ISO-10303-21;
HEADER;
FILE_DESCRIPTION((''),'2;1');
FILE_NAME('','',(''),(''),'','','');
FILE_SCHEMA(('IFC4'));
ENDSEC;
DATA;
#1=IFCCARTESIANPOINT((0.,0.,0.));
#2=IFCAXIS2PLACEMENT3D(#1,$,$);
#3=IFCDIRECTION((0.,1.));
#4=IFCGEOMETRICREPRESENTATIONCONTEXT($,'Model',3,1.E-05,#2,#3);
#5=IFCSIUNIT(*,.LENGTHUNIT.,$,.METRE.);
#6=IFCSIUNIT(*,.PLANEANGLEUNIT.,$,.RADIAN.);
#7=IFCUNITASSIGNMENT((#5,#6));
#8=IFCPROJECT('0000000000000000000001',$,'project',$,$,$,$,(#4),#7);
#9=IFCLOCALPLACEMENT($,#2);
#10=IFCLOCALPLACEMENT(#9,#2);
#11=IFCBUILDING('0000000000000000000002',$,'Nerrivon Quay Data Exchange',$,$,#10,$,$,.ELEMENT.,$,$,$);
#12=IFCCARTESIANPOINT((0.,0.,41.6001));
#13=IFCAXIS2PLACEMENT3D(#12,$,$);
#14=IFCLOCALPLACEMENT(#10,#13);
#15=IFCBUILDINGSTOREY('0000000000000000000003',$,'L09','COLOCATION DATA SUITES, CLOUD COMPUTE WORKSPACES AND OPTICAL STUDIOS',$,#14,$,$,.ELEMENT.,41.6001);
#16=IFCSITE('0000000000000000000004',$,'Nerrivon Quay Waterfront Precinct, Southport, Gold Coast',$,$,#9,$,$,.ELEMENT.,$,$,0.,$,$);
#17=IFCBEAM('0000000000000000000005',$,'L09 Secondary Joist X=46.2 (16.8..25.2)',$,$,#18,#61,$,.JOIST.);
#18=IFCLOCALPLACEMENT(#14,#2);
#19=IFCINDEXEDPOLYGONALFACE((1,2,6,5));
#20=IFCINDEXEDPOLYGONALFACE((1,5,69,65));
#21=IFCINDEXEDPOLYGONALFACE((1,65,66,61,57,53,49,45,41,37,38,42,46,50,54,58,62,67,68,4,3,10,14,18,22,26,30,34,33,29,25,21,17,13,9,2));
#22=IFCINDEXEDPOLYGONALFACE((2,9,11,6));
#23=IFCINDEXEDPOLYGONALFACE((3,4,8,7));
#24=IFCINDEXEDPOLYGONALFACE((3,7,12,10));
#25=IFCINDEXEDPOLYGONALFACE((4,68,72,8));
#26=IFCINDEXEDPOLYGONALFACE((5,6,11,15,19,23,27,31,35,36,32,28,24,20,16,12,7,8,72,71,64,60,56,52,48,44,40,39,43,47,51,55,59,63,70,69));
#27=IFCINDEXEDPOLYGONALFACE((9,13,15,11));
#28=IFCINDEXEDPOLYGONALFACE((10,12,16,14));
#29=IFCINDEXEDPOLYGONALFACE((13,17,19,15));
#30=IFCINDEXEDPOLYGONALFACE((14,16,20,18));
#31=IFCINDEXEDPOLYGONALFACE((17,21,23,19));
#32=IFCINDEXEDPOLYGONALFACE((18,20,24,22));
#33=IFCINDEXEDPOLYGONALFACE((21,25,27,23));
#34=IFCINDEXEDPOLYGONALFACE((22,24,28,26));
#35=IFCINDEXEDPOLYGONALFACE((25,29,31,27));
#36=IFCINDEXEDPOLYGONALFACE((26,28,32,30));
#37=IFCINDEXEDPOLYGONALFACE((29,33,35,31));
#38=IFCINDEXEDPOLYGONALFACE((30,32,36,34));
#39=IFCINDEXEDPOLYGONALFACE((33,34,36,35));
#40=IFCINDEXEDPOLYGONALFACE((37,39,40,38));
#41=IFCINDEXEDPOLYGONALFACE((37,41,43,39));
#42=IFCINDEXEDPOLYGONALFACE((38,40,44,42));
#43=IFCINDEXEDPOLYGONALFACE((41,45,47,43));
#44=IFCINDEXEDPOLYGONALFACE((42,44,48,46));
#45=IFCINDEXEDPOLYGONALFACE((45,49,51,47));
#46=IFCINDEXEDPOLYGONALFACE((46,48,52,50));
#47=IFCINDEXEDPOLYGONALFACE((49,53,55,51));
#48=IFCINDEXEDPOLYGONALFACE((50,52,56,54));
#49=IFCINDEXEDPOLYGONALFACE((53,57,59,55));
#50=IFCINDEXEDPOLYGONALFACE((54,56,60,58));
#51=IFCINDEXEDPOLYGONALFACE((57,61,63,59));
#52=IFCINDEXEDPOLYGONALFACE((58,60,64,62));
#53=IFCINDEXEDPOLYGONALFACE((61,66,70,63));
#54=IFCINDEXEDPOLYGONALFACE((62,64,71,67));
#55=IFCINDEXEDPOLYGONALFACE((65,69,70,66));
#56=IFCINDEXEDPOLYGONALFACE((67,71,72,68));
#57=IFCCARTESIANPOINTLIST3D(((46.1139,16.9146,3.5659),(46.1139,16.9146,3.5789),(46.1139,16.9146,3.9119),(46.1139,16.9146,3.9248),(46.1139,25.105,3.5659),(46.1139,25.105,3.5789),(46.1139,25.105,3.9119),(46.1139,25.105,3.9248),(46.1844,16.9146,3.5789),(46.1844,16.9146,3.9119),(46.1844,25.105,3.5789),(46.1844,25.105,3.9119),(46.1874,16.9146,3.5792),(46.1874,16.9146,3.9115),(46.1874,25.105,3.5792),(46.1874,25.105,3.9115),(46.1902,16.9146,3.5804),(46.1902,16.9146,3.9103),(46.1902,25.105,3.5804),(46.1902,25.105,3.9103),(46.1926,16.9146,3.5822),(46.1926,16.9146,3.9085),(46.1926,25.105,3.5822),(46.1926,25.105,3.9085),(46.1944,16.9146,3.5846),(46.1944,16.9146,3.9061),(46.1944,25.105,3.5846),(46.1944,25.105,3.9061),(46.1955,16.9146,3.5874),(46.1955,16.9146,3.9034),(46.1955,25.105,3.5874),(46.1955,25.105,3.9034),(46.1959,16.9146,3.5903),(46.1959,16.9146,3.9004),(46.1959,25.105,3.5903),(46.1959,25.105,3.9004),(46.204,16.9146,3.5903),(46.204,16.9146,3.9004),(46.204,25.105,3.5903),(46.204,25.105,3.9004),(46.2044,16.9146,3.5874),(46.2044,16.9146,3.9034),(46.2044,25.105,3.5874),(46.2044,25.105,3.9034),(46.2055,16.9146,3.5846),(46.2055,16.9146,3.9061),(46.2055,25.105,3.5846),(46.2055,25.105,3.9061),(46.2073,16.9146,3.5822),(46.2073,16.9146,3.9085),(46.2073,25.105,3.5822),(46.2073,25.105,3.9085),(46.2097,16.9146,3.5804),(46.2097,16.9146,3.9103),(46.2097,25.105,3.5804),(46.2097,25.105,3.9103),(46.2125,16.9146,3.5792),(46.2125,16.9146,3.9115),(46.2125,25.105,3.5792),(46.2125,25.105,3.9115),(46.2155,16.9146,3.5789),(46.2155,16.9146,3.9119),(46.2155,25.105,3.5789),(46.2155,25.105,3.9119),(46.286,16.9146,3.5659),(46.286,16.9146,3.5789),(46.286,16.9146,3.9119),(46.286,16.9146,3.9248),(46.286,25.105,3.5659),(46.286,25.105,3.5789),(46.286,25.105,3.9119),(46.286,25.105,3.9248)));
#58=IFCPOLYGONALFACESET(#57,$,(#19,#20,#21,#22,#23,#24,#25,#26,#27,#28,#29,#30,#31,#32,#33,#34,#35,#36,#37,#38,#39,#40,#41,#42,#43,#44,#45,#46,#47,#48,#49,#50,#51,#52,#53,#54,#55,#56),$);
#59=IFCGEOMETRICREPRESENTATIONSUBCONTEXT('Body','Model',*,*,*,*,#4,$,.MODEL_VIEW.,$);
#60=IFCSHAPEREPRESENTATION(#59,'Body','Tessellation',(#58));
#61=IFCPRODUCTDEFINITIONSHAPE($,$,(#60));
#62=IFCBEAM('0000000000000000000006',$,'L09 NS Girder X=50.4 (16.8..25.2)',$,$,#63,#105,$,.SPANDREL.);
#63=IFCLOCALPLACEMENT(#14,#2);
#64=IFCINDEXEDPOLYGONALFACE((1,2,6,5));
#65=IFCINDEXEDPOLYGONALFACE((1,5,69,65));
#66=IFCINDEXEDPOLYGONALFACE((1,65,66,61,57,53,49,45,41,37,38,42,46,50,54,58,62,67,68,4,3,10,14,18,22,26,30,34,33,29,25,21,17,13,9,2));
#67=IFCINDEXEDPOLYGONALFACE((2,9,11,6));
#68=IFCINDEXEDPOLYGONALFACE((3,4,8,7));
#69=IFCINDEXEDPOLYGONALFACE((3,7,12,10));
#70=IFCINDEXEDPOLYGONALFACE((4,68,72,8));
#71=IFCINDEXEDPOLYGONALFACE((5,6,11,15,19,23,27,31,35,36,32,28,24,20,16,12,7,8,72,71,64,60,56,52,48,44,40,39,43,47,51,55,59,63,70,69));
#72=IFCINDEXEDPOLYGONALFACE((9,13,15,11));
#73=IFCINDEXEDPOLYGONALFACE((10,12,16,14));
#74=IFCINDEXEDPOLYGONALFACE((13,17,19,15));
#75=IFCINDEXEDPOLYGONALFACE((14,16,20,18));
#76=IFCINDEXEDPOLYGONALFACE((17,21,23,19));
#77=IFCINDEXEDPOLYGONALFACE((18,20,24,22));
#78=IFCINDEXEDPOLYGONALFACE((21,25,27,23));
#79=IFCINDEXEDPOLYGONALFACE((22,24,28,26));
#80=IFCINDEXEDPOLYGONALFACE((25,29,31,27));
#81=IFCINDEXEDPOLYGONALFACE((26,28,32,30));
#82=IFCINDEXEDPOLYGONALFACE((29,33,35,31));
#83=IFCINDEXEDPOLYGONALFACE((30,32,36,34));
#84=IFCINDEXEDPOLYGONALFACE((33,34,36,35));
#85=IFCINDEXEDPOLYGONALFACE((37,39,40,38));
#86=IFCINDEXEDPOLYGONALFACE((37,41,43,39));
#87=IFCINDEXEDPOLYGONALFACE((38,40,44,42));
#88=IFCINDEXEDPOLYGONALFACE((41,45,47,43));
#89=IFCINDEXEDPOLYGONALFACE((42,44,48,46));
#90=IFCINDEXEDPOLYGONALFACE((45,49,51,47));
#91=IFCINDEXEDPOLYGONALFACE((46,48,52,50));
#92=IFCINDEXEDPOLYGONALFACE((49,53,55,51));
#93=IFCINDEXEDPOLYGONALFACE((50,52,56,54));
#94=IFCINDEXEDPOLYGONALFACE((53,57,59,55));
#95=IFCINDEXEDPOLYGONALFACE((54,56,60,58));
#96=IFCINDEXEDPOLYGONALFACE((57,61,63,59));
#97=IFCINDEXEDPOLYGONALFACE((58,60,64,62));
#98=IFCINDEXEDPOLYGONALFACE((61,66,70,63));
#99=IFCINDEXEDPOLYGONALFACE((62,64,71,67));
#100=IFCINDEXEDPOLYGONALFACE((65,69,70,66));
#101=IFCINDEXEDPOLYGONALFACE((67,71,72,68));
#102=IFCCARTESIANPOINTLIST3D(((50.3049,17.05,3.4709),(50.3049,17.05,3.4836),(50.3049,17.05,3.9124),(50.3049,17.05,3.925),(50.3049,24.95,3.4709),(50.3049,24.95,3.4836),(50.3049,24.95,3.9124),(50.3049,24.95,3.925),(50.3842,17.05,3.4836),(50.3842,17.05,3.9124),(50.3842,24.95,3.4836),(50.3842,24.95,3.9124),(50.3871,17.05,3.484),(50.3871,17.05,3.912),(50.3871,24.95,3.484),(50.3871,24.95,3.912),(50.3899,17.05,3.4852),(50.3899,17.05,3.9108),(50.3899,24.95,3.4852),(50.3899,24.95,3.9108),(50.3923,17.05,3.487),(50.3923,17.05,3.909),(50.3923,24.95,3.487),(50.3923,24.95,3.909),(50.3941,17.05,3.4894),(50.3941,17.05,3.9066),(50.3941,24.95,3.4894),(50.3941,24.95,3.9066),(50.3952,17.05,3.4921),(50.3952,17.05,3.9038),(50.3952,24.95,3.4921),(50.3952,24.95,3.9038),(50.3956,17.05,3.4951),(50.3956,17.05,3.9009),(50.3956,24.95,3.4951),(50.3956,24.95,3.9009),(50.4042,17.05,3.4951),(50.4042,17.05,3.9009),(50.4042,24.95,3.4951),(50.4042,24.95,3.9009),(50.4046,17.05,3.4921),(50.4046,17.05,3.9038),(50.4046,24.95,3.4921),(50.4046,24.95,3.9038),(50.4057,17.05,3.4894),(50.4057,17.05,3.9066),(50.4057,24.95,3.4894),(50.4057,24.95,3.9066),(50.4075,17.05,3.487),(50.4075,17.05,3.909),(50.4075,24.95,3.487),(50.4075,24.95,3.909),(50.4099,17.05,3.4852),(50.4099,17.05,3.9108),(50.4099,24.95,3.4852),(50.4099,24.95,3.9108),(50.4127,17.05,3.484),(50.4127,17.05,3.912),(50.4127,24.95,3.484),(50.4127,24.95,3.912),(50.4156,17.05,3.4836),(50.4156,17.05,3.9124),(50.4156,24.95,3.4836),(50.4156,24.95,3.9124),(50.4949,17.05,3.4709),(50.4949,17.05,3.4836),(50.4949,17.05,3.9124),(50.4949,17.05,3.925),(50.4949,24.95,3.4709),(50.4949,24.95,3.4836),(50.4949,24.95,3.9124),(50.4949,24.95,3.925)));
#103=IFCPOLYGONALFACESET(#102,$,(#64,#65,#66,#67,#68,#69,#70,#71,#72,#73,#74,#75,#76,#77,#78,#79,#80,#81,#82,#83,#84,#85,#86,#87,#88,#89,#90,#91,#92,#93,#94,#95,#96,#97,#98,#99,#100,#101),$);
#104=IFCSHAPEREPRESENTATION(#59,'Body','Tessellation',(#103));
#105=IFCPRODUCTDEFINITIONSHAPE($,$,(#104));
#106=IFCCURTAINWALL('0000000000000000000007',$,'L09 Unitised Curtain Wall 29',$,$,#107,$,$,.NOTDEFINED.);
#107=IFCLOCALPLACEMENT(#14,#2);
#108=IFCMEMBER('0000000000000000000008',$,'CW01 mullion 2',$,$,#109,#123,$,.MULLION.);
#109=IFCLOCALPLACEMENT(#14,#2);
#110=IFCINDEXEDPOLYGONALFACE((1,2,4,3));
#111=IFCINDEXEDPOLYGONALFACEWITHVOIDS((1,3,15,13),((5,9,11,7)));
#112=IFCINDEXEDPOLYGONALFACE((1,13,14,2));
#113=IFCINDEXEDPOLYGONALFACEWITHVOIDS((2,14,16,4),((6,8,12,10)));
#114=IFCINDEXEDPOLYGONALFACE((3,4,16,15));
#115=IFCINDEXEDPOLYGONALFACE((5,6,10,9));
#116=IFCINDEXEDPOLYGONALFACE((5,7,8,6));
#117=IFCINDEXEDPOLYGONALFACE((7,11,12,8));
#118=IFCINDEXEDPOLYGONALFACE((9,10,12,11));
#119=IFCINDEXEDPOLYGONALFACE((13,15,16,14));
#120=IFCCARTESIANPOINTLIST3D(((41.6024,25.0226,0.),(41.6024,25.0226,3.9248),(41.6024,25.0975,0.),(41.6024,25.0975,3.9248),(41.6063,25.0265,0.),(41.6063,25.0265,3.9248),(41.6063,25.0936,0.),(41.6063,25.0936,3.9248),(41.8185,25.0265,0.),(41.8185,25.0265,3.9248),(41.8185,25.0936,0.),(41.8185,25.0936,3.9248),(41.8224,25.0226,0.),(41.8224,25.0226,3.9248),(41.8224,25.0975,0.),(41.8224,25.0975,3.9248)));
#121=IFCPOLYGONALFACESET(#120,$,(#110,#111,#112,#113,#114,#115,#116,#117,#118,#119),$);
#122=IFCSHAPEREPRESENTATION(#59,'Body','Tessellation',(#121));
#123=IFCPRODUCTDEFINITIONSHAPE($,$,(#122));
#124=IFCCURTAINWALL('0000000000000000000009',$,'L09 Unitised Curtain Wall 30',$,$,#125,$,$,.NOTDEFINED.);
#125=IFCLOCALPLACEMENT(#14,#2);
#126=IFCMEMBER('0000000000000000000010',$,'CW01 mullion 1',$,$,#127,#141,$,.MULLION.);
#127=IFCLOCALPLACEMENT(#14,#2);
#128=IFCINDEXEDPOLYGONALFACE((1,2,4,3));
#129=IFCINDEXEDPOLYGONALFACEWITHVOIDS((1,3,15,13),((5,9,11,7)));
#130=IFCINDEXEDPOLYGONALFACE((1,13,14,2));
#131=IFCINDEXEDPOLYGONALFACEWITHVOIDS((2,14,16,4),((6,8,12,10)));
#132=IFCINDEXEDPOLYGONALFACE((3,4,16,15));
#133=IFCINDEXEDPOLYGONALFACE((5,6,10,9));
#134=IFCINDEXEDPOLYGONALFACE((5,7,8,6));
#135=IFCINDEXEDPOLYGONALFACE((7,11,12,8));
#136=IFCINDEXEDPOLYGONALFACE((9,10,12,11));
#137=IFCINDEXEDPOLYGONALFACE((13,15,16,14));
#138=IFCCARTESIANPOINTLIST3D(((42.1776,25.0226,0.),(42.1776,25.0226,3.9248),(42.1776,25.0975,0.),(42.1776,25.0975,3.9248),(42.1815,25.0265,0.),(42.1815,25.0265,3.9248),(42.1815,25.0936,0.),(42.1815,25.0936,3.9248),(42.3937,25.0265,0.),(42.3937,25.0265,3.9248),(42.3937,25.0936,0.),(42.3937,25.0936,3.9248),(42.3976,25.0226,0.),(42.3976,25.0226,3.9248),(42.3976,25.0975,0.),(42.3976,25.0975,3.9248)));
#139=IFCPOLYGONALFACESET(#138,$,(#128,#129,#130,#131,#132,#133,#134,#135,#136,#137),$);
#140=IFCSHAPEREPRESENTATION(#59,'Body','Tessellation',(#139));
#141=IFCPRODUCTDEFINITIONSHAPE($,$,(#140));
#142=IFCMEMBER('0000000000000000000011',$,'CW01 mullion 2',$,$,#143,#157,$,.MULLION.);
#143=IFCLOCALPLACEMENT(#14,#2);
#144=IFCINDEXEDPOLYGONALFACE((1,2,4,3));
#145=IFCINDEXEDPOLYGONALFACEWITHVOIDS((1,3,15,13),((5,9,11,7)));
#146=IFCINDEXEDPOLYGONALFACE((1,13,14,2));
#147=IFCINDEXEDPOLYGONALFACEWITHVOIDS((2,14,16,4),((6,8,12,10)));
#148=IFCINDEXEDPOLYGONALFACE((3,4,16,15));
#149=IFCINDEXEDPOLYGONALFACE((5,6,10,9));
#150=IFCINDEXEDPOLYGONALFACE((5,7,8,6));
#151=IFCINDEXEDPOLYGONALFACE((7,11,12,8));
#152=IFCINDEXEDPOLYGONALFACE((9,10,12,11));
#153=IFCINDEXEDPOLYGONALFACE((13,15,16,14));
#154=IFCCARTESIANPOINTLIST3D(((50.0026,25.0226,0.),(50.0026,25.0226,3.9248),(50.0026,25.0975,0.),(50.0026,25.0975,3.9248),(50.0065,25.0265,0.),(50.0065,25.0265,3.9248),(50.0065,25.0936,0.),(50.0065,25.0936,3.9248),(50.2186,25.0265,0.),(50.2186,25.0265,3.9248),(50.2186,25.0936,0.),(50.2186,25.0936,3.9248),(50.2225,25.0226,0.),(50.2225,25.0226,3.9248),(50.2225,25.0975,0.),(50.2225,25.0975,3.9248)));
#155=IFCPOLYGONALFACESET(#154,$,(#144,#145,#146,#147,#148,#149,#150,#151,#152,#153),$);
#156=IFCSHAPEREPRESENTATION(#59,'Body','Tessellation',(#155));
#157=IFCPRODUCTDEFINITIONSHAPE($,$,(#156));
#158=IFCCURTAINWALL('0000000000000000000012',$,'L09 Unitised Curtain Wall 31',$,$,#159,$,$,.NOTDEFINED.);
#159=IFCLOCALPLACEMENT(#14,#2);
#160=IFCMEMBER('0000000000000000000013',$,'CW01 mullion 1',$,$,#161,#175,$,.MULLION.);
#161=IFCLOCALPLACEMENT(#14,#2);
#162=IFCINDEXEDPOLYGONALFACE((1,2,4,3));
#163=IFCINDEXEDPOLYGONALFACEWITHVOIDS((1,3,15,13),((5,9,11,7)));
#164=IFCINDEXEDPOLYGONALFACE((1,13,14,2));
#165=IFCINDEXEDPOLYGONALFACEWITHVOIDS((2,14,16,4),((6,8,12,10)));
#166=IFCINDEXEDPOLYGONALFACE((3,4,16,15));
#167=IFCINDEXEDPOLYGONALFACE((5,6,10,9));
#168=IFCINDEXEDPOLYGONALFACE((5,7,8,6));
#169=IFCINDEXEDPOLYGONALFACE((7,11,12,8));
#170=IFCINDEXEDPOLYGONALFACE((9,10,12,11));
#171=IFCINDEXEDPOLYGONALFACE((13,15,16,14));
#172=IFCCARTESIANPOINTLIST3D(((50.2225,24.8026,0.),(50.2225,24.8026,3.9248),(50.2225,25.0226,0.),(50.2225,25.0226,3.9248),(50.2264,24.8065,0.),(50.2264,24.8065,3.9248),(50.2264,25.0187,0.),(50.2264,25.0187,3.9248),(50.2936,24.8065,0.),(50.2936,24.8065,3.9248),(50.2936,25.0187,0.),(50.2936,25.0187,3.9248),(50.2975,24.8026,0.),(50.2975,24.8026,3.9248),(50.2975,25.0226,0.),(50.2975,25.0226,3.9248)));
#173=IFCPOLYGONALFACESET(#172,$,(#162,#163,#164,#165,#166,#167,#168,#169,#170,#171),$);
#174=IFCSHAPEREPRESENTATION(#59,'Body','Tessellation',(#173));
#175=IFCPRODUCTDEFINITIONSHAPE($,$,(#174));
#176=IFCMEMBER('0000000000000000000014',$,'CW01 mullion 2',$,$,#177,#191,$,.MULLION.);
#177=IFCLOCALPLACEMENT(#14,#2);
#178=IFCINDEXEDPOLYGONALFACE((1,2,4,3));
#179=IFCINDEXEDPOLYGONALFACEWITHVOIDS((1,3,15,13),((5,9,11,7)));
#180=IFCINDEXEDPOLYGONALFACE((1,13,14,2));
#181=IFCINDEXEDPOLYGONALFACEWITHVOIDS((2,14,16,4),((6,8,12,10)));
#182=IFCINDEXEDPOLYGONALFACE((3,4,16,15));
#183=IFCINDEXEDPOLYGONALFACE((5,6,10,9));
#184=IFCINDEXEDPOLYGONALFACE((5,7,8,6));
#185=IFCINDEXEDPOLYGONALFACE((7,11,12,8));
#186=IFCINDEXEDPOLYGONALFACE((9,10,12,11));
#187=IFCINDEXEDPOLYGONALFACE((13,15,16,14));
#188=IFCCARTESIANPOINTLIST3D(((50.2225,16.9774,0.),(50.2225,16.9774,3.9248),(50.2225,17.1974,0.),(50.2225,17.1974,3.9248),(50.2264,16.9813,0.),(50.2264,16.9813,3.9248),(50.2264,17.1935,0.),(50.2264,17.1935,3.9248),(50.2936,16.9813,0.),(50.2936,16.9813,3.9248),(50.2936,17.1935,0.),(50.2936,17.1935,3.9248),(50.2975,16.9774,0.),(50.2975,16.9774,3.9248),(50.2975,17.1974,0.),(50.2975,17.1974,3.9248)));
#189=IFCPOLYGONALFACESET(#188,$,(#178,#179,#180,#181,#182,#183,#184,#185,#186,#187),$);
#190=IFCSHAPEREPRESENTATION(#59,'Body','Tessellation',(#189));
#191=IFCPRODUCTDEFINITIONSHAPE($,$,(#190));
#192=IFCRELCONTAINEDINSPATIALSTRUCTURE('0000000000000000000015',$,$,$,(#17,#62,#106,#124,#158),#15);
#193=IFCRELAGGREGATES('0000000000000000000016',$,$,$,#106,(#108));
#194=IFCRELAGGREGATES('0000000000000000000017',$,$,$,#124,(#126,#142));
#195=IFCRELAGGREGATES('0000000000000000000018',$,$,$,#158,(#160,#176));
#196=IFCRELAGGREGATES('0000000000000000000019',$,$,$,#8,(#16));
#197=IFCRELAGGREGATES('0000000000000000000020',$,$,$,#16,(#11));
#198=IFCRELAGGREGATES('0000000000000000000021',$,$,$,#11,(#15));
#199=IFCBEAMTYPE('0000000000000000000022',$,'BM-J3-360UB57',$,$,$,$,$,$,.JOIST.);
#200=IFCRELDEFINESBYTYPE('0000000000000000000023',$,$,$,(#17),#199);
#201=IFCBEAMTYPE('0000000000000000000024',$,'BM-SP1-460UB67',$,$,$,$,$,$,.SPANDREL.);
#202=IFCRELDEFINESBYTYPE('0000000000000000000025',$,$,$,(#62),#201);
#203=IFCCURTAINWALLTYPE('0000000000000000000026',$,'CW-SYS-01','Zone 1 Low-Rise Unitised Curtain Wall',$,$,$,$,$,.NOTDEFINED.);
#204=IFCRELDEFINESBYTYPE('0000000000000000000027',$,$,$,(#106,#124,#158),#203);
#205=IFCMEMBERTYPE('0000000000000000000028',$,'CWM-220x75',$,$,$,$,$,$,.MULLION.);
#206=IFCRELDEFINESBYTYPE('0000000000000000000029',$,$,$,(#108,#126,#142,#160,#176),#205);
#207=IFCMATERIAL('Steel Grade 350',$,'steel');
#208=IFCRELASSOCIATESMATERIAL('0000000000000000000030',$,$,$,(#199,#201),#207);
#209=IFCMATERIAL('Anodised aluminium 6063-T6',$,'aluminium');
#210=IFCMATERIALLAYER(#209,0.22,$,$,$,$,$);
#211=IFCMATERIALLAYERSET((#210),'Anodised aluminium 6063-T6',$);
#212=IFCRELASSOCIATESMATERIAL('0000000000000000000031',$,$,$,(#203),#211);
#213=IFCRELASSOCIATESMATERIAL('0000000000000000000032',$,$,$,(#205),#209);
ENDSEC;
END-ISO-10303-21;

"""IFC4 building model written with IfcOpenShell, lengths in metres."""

from ifc_helpers import new_model, si_unit, direction, frame, origin, origin_2d, place, context, subcontext, project, spatial, hollow_rectangle, i_section, extrude, material, layer, layer_set, material_profile, profile_set, type_object, element, aggregate, save


model = new_model("IFC4")

# Units and contexts
model_context = context("Model", 3, precision=1e-05, world=origin(), true_north=direction((0.0, 1.0)))
body_context = subcontext(model_context, "Body", "Model", "MODEL_VIEW")
ifc_project = project(units=[si_unit("LENGTHUNIT", "METRE"), si_unit("PLANEANGLEUNIT", "RADIAN")], contexts=[model_context])

# Site, building, storey
site_placement = place(None, origin())
site = spatial("IfcSite", under=ifc_project, at=site_placement, Name="Nerrivon Quay Waterfront Precinct, Southport, Gold Coast", CompositionType="ELEMENT", RefElevation=0.0)
building_placement = place(site_placement, origin())
building = spatial("IfcBuilding", under=site, at=building_placement, Name="Nerrivon Quay Data Exchange", CompositionType="ELEMENT")
storey_placement = place(building_placement, frame((0.0, 0.0, 41.6001)))
storey = spatial("IfcBuildingStorey", under=building, at=storey_placement, Name="L09", Description="COLOCATION DATA SUITES, CLOUD COMPUTE WORKSPACES AND OPTICAL STUDIOS", CompositionType="ELEMENT", Elevation=41.6001)

# Shared definitions
ifc_material_1 = material(Name="Steel Grade 350", Category="steel")

# Beams
ifc_material_profile_1 = material_profile(ifc_material_1, i_section(OverallWidth=0.1721, OverallDepth=0.3589, WebThickness=0.0081, FlangeThickness=0.0129, FilletRadius=0.0115, at=origin_2d()), Name="360UB56.7")
ifc_profile_set_1 = profile_set([ifc_material_profile_1], Name="Steel Grade 350")
beam_type_1 = type_object("IfcBeamType", Name="BM-J3-360UB57", PredefinedType="JOIST", material=ifc_profile_set_1)
for number, where, z_axis, x_axis, name in (
    (1, (46.2, 16.9146, 3.7454), (0.0, 1.0, 0.0), (-1.0, 0.0, 0.0), "L09 Secondary Joist X=46.2 (16.8..25.2)"),
):
    element("IfcBeam", number, at=place(storey_placement, frame(where, z_axis=z_axis, x_axis=x_axis)), inside=storey, type_object=beam_type_1, Name=name, PredefinedType="JOIST", context=body_context, shape_type="SweptSolid", body=[
        extrude(i_section(OverallWidth=0.1721, OverallDepth=0.3589, WebThickness=0.0081, FlangeThickness=0.0129, FilletRadius=0.0115, at=origin_2d()), origin(), (0.0, 0.0, 1.0), 8.1904),
    ])
ifc_material_profile_2 = material_profile(ifc_material_1, i_section(OverallWidth=0.1899, OverallDepth=0.4541, WebThickness=0.0085, FlangeThickness=0.0127, FilletRadius=0.0115, at=origin_2d()), Name="460UB67.1")
ifc_profile_set_2 = profile_set([ifc_material_profile_2], Name="Steel Grade 350")
beam_type_2 = type_object("IfcBeamType", Name="BM-SP1-460UB67", PredefinedType="SPANDREL", material=ifc_profile_set_2)
beam_1_placement = place(storey_placement, frame((50.3999, 17.05, 3.698), z_axis=(0.0, 1.0, 0.0), x_axis=(-1.0, 0.0, 0.0)))
element("IfcBeam", 2, at=beam_1_placement, inside=storey, type_object=beam_type_2, Name="L09 NS Girder X=50.4 (16.8..25.2)", PredefinedType="SPANDREL", context=body_context, shape_type="SweptSolid", body=[
    extrude(i_section(OverallWidth=0.1899, OverallDepth=0.4541, WebThickness=0.0085, FlangeThickness=0.0127, FilletRadius=0.0115, at=origin_2d()), origin(), (0.0, 0.0, 1.0), 7.8999),
])

# Curtain wall, member
ifc_material_2 = material(Name="Anodised aluminium 6063-T6", Category="aluminium")
ifc_layer_1 = layer(ifc_material_2, 0.22)
ifc_layer_set_1 = layer_set([ifc_layer_1], Name="Anodised aluminium 6063-T6")
curtain_wall_type = type_object("IfcCurtainWallType", Name="CW-SYS-01", Description="Zone 1 Low-Rise Unitised Curtain Wall", PredefinedType="NOTDEFINED", material=ifc_layer_set_1)
curtain_wall_1_placement = place(storey_placement, origin())
curtain_wall_1 = element("IfcCurtainWall", 3, at=curtain_wall_1_placement, inside=storey, type_object=curtain_wall_type, Name="L09 Unitised Curtain Wall 29", PredefinedType="NOTDEFINED")
ifc_material_profile_3 = material_profile(ifc_material_2, hollow_rectangle(XDim=0.075, YDim=0.22, WallThickness=0.0039, at=origin_2d()), Name="ALU-MULL-220x75")
ifc_profile_set_3 = profile_set([ifc_material_profile_3], Name="Anodised aluminium 6063-T6")
member_type_1 = type_object("IfcMemberType", Name="CWM-220x75", PredefinedType="MULLION", material=ifc_profile_set_3)
member_1_placement = place(storey_placement, frame((41.7124, 25.0601, 0.0), z_axis=(0.0, 0.0, 1.0), x_axis=(0.0, 1.0, 0.0)))
member_1 = element("IfcMember", 4, at=member_1_placement, type_object=member_type_1, Name="CW01 mullion 2", PredefinedType="MULLION", context=body_context, shape_type="SweptSolid", body=[
    extrude(hollow_rectangle(XDim=0.075, YDim=0.22, WallThickness=0.0039, at=origin_2d()), origin(), (0.0, 0.0, 1.0), 3.9248),
])

# Curtain walls, members
curtain_wall_2_placement = place(storey_placement, origin())
curtain_wall_2 = element("IfcCurtainWall", 5, at=curtain_wall_2_placement, inside=storey, type_object=curtain_wall_type, Name="L09 Unitised Curtain Wall 30", PredefinedType="NOTDEFINED")
member_2_placement = place(storey_placement, frame((42.2876, 25.0601, 0.0), z_axis=(0.0, 0.0, 1.0), x_axis=(0.0, 1.0, 0.0)))
member_2 = element("IfcMember", 6, at=member_2_placement, type_object=member_type_1, Name="CW01 mullion 1", PredefinedType="MULLION", context=body_context, shape_type="SweptSolid", body=[
    extrude(hollow_rectangle(XDim=0.075, YDim=0.22, WallThickness=0.0039, at=origin_2d()), origin(), (0.0, 0.0, 1.0), 3.9248),
])
member_3_placement = place(storey_placement, frame((50.1125, 25.0601, 0.0), z_axis=(0.0, 0.0, 1.0), x_axis=(0.0, 1.0, 0.0)))
member_3 = element("IfcMember", 7, at=member_3_placement, type_object=member_type_1, Name="CW01 mullion 2", PredefinedType="MULLION", context=body_context, shape_type="SweptSolid", body=[
    extrude(hollow_rectangle(XDim=0.075, YDim=0.22, WallThickness=0.0039, at=origin_2d()), origin(), (0.0, 0.0, 1.0), 3.9248),
])
curtain_wall_3_placement = place(storey_placement, origin())
curtain_wall_3 = element("IfcCurtainWall", 8, at=curtain_wall_3_placement, inside=storey, type_object=curtain_wall_type, Name="L09 Unitised Curtain Wall 31", PredefinedType="NOTDEFINED")
member_4_placement = place(storey_placement, frame((50.26, 24.9126, 0.0), z_axis=(0.0, 0.0, 1.0), x_axis=(1.0, 0.0, 0.0)))
member_4 = element("IfcMember", 9, at=member_4_placement, type_object=member_type_1, Name="CW01 mullion 1", PredefinedType="MULLION", context=body_context, shape_type="SweptSolid", body=[
    extrude(hollow_rectangle(XDim=0.075, YDim=0.22, WallThickness=0.0039, at=origin_2d()), origin(), (0.0, 0.0, 1.0), 3.9248),
])
member_5_placement = place(storey_placement, frame((50.26, 17.0874, 0.0), z_axis=(0.0, 0.0, 1.0), x_axis=(1.0, 0.0, 0.0)))
member_5 = element("IfcMember", 10, at=member_5_placement, type_object=member_type_1, Name="CW01 mullion 2", PredefinedType="MULLION", context=body_context, shape_type="SweptSolid", body=[
    extrude(hollow_rectangle(XDim=0.075, YDim=0.22, WallThickness=0.0039, at=origin_2d()), origin(), (0.0, 0.0, 1.0), 3.9248),
])

aggregate(curtain_wall_1, [member_1])
aggregate(curtain_wall_2, [member_2, member_3])
aggregate(curtain_wall_3, [member_4, member_5])

save(model, "model.ifc")
